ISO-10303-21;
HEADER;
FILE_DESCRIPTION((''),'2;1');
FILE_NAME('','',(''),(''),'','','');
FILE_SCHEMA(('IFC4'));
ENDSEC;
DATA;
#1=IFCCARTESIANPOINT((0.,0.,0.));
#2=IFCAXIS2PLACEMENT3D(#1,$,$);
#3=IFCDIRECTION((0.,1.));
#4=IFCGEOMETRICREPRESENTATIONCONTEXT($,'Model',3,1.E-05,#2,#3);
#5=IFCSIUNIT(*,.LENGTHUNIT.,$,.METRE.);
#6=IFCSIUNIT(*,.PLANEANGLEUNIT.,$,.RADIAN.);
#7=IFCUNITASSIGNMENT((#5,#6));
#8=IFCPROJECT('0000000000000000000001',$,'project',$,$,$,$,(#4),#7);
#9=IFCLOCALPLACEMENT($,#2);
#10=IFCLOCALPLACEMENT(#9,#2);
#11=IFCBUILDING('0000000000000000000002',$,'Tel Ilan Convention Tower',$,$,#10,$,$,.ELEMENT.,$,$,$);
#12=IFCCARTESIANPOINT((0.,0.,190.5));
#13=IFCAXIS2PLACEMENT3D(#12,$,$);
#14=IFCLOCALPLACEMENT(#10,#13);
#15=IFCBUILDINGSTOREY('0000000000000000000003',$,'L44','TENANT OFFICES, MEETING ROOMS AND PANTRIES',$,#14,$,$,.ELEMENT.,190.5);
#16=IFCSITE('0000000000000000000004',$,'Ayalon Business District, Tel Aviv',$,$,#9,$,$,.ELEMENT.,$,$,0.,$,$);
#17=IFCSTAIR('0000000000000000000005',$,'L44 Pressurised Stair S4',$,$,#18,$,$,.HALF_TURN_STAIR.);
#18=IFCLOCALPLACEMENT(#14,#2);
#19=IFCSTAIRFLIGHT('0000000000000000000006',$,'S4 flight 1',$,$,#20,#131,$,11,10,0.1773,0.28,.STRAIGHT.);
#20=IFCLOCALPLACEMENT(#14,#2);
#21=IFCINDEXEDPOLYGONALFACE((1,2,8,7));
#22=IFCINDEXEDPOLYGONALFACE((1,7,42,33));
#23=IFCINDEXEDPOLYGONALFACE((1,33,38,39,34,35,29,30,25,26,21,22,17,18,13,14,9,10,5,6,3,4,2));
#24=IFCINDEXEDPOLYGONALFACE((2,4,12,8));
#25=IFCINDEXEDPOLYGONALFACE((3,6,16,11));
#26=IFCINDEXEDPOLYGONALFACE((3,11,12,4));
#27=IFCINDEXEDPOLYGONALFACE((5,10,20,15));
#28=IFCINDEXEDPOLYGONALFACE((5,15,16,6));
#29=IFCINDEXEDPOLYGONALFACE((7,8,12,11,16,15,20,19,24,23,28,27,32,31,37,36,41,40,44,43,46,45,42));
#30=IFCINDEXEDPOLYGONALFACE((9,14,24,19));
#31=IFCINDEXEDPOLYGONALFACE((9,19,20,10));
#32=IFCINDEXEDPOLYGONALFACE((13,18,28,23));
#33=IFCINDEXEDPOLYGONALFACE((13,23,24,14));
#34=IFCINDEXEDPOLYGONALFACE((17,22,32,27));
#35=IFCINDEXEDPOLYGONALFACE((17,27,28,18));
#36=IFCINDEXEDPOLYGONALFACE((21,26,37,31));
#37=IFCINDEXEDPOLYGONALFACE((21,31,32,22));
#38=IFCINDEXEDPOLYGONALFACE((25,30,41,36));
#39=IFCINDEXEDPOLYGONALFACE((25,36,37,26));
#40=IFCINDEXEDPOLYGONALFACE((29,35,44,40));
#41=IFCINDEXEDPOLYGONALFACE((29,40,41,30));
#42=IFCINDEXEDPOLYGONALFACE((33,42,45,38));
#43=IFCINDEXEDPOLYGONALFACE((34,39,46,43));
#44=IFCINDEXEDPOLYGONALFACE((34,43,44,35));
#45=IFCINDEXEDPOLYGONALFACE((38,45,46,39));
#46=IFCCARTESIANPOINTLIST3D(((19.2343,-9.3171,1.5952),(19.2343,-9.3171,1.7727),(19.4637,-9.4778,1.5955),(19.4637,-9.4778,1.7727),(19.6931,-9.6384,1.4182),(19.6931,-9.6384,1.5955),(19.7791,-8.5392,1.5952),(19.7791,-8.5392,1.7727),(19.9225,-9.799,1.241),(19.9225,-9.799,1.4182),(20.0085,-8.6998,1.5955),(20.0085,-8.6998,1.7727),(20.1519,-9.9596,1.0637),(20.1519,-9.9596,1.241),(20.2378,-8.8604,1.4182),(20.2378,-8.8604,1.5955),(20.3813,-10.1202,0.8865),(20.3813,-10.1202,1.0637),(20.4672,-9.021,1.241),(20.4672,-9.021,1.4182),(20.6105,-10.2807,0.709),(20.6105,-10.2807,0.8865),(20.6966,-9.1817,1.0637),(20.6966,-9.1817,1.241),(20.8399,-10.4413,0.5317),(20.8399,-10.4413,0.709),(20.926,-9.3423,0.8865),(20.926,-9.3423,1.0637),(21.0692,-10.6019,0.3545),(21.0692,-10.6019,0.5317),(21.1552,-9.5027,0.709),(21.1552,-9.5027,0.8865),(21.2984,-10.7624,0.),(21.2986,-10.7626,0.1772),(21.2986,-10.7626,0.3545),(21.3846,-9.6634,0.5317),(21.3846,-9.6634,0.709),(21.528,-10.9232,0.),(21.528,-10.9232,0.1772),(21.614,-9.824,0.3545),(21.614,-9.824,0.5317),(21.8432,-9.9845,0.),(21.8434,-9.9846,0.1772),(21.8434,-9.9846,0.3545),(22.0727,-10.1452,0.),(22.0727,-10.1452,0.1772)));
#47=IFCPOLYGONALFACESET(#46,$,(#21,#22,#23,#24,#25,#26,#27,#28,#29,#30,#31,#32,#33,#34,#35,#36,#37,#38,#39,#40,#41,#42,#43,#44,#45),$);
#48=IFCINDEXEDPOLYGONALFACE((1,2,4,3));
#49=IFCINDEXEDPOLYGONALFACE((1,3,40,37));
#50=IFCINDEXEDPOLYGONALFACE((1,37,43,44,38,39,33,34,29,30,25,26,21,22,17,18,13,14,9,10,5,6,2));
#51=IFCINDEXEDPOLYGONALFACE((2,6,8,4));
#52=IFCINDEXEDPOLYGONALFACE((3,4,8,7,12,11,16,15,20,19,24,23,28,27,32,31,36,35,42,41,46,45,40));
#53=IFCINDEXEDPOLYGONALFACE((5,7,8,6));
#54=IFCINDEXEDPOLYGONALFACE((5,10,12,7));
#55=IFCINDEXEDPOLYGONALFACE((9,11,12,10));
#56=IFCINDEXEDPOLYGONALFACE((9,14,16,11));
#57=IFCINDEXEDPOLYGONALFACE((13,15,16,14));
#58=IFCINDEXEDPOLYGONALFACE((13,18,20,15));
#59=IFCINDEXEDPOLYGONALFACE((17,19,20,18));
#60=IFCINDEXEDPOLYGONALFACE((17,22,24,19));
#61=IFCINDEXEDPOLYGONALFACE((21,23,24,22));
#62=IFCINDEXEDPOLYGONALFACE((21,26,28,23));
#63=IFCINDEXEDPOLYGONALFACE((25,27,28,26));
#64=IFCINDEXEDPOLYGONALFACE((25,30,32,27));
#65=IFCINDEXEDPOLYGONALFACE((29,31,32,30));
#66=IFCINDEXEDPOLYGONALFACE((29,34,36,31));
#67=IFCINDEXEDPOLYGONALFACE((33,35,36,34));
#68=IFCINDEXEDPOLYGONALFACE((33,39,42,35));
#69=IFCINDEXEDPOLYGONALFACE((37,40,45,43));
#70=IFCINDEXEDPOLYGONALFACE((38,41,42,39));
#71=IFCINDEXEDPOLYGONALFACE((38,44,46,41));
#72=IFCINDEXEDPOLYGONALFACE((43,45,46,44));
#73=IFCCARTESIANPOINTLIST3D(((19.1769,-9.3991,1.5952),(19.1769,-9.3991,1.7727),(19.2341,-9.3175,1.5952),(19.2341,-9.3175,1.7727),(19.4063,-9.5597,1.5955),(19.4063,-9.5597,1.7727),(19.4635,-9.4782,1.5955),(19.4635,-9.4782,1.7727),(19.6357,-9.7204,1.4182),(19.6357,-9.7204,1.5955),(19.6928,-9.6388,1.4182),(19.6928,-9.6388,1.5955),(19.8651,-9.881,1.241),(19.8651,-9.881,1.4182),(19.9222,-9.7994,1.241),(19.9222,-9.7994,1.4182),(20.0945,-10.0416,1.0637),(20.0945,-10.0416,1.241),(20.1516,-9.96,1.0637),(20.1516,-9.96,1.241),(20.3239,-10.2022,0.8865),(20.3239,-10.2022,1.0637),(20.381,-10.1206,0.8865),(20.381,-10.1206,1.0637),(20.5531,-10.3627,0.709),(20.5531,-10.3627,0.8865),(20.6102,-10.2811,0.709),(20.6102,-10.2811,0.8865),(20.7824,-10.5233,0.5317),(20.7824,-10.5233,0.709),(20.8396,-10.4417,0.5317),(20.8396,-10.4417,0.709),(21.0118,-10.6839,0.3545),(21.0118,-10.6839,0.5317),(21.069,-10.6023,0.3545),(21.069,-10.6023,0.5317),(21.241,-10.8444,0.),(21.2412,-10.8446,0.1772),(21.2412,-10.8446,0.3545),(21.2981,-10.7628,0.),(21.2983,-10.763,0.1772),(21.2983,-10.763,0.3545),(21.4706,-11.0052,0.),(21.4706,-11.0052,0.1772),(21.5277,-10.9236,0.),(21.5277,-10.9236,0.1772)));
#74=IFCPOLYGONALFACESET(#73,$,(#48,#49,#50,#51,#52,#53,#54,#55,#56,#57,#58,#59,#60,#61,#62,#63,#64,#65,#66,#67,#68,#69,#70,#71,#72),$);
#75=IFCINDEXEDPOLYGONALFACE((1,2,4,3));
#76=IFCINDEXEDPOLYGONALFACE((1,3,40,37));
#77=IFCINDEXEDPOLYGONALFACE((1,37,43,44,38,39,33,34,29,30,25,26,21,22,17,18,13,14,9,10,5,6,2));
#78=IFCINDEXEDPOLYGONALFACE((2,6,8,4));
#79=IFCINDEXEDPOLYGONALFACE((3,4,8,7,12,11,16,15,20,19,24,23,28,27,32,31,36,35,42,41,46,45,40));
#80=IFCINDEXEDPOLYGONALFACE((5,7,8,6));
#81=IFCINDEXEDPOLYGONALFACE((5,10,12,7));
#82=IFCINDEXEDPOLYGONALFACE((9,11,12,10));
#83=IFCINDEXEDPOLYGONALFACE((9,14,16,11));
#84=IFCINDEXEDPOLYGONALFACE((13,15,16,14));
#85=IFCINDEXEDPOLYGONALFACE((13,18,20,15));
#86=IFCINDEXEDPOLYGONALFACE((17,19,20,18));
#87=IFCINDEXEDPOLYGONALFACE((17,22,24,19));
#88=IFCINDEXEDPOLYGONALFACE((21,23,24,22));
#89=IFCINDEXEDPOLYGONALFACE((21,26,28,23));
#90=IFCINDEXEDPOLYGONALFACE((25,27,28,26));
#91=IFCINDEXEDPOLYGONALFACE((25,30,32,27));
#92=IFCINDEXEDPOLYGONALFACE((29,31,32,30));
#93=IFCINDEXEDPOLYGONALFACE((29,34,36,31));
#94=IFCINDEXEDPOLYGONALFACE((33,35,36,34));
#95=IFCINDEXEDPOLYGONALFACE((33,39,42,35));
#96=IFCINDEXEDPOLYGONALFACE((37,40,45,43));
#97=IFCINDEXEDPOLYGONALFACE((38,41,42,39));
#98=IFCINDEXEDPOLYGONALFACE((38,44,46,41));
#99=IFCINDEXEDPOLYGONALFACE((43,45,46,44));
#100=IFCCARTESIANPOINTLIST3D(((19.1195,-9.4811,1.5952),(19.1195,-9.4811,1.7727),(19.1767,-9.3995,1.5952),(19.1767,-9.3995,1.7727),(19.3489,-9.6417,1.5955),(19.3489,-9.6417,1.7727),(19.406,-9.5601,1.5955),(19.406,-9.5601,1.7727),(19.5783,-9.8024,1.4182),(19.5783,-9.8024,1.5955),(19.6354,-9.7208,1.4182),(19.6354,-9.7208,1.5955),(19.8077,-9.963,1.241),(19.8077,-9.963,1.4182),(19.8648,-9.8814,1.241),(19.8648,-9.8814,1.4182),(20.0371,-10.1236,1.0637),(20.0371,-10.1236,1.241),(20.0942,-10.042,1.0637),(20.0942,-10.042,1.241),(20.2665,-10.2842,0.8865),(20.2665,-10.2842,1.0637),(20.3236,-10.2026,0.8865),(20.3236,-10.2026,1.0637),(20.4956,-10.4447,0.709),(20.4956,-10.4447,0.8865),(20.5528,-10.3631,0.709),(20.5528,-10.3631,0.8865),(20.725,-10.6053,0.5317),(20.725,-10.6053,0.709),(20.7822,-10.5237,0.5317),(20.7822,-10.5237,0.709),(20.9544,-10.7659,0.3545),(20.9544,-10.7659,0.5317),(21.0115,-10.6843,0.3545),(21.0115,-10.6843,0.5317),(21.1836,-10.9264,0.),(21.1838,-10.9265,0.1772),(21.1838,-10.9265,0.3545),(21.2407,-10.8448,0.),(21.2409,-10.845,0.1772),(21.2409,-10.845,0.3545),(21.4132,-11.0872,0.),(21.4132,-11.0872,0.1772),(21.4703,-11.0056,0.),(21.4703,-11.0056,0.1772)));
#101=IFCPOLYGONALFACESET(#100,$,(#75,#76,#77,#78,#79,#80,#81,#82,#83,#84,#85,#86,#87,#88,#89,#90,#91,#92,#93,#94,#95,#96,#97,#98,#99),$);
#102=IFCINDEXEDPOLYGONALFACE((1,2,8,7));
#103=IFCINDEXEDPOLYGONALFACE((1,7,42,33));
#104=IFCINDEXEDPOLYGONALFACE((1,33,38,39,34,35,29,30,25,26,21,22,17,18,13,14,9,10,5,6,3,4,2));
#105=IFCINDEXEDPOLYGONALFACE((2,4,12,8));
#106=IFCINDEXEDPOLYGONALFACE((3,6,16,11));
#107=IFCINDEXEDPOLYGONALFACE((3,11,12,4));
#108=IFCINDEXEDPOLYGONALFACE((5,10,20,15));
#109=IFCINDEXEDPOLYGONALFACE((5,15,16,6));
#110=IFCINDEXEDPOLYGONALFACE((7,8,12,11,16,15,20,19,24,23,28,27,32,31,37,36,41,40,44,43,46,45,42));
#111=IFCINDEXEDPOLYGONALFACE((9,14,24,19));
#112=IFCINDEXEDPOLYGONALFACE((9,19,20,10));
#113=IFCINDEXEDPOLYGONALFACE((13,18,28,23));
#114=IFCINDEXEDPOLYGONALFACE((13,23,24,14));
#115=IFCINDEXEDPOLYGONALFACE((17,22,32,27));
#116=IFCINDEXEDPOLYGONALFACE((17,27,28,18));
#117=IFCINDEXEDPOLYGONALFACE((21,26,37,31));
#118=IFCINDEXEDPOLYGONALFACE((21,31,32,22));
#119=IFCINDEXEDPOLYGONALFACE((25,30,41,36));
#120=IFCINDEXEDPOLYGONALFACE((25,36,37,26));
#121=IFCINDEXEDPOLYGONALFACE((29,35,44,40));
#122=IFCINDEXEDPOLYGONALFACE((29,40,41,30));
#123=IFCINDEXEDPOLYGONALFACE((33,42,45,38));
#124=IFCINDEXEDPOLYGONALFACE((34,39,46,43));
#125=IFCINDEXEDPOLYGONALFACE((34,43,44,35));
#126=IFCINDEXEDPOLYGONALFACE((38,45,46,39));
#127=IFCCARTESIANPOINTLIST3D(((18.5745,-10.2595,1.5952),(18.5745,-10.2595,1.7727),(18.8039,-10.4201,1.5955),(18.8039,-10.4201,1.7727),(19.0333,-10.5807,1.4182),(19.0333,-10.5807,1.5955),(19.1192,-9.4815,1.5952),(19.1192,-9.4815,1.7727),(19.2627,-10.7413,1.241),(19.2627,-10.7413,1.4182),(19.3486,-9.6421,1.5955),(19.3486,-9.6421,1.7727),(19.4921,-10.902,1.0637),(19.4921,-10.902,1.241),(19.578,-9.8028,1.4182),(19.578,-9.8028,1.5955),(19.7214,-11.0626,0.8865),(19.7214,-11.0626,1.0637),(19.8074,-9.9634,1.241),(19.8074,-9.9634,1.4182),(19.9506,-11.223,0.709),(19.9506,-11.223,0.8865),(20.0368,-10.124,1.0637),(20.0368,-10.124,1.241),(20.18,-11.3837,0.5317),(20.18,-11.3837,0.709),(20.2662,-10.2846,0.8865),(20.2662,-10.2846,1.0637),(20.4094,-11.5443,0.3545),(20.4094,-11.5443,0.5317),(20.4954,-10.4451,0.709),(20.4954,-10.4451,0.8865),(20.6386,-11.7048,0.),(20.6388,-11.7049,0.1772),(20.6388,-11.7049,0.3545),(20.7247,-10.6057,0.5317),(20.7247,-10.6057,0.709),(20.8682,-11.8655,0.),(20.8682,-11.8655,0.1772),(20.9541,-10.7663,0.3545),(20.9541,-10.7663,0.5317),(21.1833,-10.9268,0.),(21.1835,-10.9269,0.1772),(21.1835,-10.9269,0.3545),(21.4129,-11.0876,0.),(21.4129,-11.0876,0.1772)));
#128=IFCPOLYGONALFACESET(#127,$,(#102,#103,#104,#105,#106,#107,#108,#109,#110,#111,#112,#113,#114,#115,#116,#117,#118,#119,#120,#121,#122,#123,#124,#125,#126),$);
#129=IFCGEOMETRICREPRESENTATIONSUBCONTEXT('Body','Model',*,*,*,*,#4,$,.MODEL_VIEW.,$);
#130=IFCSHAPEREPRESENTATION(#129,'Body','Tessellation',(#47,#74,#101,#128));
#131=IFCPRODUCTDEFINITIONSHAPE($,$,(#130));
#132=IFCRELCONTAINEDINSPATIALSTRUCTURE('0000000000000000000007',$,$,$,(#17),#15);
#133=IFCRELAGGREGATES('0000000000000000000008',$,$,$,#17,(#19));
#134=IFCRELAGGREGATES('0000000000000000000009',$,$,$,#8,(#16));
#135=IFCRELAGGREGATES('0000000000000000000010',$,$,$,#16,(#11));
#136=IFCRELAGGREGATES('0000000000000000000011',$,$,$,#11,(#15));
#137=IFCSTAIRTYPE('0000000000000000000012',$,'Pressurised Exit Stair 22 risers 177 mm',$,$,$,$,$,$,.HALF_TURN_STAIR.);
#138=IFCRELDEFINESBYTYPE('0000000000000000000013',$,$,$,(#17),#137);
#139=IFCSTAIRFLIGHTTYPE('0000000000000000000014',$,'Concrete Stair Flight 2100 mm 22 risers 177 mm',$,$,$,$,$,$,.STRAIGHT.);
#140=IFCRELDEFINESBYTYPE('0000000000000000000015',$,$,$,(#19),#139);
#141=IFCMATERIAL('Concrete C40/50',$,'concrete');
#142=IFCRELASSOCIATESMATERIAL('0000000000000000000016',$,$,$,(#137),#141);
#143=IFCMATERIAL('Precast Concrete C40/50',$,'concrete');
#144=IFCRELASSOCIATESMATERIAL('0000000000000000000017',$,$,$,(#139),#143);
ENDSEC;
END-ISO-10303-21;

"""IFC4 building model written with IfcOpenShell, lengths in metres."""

from ifc_helpers import new_model, si_unit, direction, frame, origin, place, context, subcontext, project, spatial, polyline, outline, extrude, material, type_object, element, aggregate, save


model = new_model("IFC4")

# Units and contexts
model_context = context("Model", 3, precision=1e-05, world=origin(), true_north=direction((0.0, 1.0)))
body_context = subcontext(model_context, "Body", "Model", "MODEL_VIEW")
ifc_project = project(units=[si_unit("LENGTHUNIT", "METRE"), si_unit("PLANEANGLEUNIT", "RADIAN")], contexts=[model_context])

# Site, building, storey
site_placement = place(None, origin())
site = spatial("IfcSite", under=ifc_project, at=site_placement, Name="Ayalon Business District, Tel Aviv", CompositionType="ELEMENT", RefElevation=0.0)
building_placement = place(site_placement, origin())
building = spatial("IfcBuilding", under=site, at=building_placement, Name="Tel Ilan Convention Tower", CompositionType="ELEMENT")
storey_placement = place(building_placement, frame((0.0, 0.0, 190.5)))
storey = spatial("IfcBuildingStorey", under=building, at=storey_placement, Name="L44", Description="TENANT OFFICES, MEETING ROOMS AND PANTRIES", CompositionType="ELEMENT", Elevation=190.5)

# Shared definitions
ifc_material_1 = material(Name="Concrete C40/50", Category="concrete")
stair_type = type_object("IfcStairType", Name="Pressurised Exit Stair 22 risers 177 mm", PredefinedType="HALF_TURN_STAIR", material=ifc_material_1)
ifc_material_2 = material(Name="Precast Concrete C40/50", Category="concrete")
stair_flight_type = type_object("IfcStairFlightType", Name="Concrete Stair Flight 2100 mm 22 risers 177 mm", PredefinedType="STRAIGHT", material=ifc_material_2)

# Stair, stair flight
stair_1_placement = place(storey_placement, origin())
stair_1 = element("IfcStair", 1, at=stair_1_placement, inside=storey, type_object=stair_type, Name="L44 Pressurised Stair S4", PredefinedType="HALF_TURN_STAIR")
stair_flight_1_placement = place(storey_placement, frame((21.4705, -11.0054, 0.0), z_axis=(0.0, 0.0, 1.0), x_axis=(-0.819152, 0.573576, 0.0)))
stair_flight_1 = element("IfcStairFlight", 2, at=stair_flight_1_placement, type_object=stair_flight_type, Name="S4 flight 1", NumberOfRisers=11, NumberOfTreads=10, PredefinedType="STRAIGHT", RiserHeight=0.1773, TreadLength=0.28, context=body_context, shape_type="SweptSolid", body=[
    extrude(outline(polyline([(0.0, 0.0), (0.0, 0.1772), (0.28, 0.1772), (0.28, 0.3545), (0.5601, 0.3545), (0.5601, 0.5317), (0.8401, 0.5317), (0.8401, 0.709), (1.1201, 0.709), (1.1201, 0.8865), (1.3999, 0.8865), (1.3999, 1.0637), (1.6799, 1.0637), (1.6799, 1.241), (1.96, 1.241), (1.96, 1.4182), (2.24, 1.4182), (2.24, 1.5955), (2.52, 1.5955), (2.52, 1.7727), (2.8, 1.7727), (2.8, 1.95), (2.8, 1.5952), (0.2803, 0.0), (0.0, 0.0)])), frame((0.0, -0.1003, 0.0), z_axis=(0.0, -1.0, 0.0), x_axis=(1.0, 0.0, 0.0)), (0.0, 0.0, 1.0), 0.9497),
    extrude(outline(polyline([(0.0, 0.0), (0.0, 0.1772), (0.28, 0.1772), (0.28, 0.3545), (0.5601, 0.3545), (0.5601, 0.5317), (0.8401, 0.5317), (0.8401, 0.709), (1.1201, 0.709), (1.1201, 0.8865), (1.3999, 0.8865), (1.3999, 1.0637), (1.6799, 1.0637), (1.6799, 1.241), (1.96, 1.241), (1.96, 1.4182), (2.24, 1.4182), (2.24, 1.5955), (2.52, 1.5955), (2.52, 1.7727), (2.8, 1.7727), (2.8, 1.95), (2.8, 1.5952), (0.2803, 0.0), (0.0, 0.0)])), frame((0.0, -0.0002, 0.0), z_axis=(0.0, -1.0, 0.0), x_axis=(1.0, 0.0, 0.0)), (0.0, 0.0, 1.0), 0.0996),
    extrude(outline(polyline([(0.0, 0.0), (0.0, 0.1772), (0.28, 0.1772), (0.28, 0.3545), (0.5601, 0.3545), (0.5601, 0.5317), (0.8401, 0.5317), (0.8401, 0.709), (1.1201, 0.709), (1.1201, 0.8865), (1.3999, 0.8865), (1.3999, 1.0637), (1.6799, 1.0637), (1.6799, 1.241), (1.96, 1.241), (1.96, 1.4182), (2.24, 1.4182), (2.24, 1.5955), (2.52, 1.5955), (2.52, 1.7727), (2.8, 1.7727), (2.8, 1.95), (2.8, 1.5952), (0.2803, 0.0), (0.0, 0.0)])), frame((0.0, 0.0999, 0.0), z_axis=(0.0, -1.0, 0.0), x_axis=(1.0, 0.0, 0.0)), (0.0, 0.0, 1.0), 0.0996),
    extrude(outline(polyline([(0.0, 0.0), (0.0, 0.1772), (0.28, 0.1772), (0.28, 0.3545), (0.5601, 0.3545), (0.5601, 0.5317), (0.8401, 0.5317), (0.8401, 0.709), (1.1201, 0.709), (1.1201, 0.8865), (1.3999, 0.8865), (1.3999, 1.0637), (1.6799, 1.0637), (1.6799, 1.241), (1.96, 1.241), (1.96, 1.4182), (2.24, 1.4182), (2.24, 1.5955), (2.52, 1.5955), (2.52, 1.7727), (2.8, 1.7727), (2.8, 1.95), (2.8, 1.5952), (0.2803, 0.0), (0.0, 0.0)])), frame((0.0, 1.05, 0.0), z_axis=(0.0, -1.0, 0.0), x_axis=(1.0, 0.0, 0.0)), (0.0, 0.0, 1.0), 0.9497),
])
aggregate(stair_1, [stair_flight_1])

save(model, "model.ifc")
